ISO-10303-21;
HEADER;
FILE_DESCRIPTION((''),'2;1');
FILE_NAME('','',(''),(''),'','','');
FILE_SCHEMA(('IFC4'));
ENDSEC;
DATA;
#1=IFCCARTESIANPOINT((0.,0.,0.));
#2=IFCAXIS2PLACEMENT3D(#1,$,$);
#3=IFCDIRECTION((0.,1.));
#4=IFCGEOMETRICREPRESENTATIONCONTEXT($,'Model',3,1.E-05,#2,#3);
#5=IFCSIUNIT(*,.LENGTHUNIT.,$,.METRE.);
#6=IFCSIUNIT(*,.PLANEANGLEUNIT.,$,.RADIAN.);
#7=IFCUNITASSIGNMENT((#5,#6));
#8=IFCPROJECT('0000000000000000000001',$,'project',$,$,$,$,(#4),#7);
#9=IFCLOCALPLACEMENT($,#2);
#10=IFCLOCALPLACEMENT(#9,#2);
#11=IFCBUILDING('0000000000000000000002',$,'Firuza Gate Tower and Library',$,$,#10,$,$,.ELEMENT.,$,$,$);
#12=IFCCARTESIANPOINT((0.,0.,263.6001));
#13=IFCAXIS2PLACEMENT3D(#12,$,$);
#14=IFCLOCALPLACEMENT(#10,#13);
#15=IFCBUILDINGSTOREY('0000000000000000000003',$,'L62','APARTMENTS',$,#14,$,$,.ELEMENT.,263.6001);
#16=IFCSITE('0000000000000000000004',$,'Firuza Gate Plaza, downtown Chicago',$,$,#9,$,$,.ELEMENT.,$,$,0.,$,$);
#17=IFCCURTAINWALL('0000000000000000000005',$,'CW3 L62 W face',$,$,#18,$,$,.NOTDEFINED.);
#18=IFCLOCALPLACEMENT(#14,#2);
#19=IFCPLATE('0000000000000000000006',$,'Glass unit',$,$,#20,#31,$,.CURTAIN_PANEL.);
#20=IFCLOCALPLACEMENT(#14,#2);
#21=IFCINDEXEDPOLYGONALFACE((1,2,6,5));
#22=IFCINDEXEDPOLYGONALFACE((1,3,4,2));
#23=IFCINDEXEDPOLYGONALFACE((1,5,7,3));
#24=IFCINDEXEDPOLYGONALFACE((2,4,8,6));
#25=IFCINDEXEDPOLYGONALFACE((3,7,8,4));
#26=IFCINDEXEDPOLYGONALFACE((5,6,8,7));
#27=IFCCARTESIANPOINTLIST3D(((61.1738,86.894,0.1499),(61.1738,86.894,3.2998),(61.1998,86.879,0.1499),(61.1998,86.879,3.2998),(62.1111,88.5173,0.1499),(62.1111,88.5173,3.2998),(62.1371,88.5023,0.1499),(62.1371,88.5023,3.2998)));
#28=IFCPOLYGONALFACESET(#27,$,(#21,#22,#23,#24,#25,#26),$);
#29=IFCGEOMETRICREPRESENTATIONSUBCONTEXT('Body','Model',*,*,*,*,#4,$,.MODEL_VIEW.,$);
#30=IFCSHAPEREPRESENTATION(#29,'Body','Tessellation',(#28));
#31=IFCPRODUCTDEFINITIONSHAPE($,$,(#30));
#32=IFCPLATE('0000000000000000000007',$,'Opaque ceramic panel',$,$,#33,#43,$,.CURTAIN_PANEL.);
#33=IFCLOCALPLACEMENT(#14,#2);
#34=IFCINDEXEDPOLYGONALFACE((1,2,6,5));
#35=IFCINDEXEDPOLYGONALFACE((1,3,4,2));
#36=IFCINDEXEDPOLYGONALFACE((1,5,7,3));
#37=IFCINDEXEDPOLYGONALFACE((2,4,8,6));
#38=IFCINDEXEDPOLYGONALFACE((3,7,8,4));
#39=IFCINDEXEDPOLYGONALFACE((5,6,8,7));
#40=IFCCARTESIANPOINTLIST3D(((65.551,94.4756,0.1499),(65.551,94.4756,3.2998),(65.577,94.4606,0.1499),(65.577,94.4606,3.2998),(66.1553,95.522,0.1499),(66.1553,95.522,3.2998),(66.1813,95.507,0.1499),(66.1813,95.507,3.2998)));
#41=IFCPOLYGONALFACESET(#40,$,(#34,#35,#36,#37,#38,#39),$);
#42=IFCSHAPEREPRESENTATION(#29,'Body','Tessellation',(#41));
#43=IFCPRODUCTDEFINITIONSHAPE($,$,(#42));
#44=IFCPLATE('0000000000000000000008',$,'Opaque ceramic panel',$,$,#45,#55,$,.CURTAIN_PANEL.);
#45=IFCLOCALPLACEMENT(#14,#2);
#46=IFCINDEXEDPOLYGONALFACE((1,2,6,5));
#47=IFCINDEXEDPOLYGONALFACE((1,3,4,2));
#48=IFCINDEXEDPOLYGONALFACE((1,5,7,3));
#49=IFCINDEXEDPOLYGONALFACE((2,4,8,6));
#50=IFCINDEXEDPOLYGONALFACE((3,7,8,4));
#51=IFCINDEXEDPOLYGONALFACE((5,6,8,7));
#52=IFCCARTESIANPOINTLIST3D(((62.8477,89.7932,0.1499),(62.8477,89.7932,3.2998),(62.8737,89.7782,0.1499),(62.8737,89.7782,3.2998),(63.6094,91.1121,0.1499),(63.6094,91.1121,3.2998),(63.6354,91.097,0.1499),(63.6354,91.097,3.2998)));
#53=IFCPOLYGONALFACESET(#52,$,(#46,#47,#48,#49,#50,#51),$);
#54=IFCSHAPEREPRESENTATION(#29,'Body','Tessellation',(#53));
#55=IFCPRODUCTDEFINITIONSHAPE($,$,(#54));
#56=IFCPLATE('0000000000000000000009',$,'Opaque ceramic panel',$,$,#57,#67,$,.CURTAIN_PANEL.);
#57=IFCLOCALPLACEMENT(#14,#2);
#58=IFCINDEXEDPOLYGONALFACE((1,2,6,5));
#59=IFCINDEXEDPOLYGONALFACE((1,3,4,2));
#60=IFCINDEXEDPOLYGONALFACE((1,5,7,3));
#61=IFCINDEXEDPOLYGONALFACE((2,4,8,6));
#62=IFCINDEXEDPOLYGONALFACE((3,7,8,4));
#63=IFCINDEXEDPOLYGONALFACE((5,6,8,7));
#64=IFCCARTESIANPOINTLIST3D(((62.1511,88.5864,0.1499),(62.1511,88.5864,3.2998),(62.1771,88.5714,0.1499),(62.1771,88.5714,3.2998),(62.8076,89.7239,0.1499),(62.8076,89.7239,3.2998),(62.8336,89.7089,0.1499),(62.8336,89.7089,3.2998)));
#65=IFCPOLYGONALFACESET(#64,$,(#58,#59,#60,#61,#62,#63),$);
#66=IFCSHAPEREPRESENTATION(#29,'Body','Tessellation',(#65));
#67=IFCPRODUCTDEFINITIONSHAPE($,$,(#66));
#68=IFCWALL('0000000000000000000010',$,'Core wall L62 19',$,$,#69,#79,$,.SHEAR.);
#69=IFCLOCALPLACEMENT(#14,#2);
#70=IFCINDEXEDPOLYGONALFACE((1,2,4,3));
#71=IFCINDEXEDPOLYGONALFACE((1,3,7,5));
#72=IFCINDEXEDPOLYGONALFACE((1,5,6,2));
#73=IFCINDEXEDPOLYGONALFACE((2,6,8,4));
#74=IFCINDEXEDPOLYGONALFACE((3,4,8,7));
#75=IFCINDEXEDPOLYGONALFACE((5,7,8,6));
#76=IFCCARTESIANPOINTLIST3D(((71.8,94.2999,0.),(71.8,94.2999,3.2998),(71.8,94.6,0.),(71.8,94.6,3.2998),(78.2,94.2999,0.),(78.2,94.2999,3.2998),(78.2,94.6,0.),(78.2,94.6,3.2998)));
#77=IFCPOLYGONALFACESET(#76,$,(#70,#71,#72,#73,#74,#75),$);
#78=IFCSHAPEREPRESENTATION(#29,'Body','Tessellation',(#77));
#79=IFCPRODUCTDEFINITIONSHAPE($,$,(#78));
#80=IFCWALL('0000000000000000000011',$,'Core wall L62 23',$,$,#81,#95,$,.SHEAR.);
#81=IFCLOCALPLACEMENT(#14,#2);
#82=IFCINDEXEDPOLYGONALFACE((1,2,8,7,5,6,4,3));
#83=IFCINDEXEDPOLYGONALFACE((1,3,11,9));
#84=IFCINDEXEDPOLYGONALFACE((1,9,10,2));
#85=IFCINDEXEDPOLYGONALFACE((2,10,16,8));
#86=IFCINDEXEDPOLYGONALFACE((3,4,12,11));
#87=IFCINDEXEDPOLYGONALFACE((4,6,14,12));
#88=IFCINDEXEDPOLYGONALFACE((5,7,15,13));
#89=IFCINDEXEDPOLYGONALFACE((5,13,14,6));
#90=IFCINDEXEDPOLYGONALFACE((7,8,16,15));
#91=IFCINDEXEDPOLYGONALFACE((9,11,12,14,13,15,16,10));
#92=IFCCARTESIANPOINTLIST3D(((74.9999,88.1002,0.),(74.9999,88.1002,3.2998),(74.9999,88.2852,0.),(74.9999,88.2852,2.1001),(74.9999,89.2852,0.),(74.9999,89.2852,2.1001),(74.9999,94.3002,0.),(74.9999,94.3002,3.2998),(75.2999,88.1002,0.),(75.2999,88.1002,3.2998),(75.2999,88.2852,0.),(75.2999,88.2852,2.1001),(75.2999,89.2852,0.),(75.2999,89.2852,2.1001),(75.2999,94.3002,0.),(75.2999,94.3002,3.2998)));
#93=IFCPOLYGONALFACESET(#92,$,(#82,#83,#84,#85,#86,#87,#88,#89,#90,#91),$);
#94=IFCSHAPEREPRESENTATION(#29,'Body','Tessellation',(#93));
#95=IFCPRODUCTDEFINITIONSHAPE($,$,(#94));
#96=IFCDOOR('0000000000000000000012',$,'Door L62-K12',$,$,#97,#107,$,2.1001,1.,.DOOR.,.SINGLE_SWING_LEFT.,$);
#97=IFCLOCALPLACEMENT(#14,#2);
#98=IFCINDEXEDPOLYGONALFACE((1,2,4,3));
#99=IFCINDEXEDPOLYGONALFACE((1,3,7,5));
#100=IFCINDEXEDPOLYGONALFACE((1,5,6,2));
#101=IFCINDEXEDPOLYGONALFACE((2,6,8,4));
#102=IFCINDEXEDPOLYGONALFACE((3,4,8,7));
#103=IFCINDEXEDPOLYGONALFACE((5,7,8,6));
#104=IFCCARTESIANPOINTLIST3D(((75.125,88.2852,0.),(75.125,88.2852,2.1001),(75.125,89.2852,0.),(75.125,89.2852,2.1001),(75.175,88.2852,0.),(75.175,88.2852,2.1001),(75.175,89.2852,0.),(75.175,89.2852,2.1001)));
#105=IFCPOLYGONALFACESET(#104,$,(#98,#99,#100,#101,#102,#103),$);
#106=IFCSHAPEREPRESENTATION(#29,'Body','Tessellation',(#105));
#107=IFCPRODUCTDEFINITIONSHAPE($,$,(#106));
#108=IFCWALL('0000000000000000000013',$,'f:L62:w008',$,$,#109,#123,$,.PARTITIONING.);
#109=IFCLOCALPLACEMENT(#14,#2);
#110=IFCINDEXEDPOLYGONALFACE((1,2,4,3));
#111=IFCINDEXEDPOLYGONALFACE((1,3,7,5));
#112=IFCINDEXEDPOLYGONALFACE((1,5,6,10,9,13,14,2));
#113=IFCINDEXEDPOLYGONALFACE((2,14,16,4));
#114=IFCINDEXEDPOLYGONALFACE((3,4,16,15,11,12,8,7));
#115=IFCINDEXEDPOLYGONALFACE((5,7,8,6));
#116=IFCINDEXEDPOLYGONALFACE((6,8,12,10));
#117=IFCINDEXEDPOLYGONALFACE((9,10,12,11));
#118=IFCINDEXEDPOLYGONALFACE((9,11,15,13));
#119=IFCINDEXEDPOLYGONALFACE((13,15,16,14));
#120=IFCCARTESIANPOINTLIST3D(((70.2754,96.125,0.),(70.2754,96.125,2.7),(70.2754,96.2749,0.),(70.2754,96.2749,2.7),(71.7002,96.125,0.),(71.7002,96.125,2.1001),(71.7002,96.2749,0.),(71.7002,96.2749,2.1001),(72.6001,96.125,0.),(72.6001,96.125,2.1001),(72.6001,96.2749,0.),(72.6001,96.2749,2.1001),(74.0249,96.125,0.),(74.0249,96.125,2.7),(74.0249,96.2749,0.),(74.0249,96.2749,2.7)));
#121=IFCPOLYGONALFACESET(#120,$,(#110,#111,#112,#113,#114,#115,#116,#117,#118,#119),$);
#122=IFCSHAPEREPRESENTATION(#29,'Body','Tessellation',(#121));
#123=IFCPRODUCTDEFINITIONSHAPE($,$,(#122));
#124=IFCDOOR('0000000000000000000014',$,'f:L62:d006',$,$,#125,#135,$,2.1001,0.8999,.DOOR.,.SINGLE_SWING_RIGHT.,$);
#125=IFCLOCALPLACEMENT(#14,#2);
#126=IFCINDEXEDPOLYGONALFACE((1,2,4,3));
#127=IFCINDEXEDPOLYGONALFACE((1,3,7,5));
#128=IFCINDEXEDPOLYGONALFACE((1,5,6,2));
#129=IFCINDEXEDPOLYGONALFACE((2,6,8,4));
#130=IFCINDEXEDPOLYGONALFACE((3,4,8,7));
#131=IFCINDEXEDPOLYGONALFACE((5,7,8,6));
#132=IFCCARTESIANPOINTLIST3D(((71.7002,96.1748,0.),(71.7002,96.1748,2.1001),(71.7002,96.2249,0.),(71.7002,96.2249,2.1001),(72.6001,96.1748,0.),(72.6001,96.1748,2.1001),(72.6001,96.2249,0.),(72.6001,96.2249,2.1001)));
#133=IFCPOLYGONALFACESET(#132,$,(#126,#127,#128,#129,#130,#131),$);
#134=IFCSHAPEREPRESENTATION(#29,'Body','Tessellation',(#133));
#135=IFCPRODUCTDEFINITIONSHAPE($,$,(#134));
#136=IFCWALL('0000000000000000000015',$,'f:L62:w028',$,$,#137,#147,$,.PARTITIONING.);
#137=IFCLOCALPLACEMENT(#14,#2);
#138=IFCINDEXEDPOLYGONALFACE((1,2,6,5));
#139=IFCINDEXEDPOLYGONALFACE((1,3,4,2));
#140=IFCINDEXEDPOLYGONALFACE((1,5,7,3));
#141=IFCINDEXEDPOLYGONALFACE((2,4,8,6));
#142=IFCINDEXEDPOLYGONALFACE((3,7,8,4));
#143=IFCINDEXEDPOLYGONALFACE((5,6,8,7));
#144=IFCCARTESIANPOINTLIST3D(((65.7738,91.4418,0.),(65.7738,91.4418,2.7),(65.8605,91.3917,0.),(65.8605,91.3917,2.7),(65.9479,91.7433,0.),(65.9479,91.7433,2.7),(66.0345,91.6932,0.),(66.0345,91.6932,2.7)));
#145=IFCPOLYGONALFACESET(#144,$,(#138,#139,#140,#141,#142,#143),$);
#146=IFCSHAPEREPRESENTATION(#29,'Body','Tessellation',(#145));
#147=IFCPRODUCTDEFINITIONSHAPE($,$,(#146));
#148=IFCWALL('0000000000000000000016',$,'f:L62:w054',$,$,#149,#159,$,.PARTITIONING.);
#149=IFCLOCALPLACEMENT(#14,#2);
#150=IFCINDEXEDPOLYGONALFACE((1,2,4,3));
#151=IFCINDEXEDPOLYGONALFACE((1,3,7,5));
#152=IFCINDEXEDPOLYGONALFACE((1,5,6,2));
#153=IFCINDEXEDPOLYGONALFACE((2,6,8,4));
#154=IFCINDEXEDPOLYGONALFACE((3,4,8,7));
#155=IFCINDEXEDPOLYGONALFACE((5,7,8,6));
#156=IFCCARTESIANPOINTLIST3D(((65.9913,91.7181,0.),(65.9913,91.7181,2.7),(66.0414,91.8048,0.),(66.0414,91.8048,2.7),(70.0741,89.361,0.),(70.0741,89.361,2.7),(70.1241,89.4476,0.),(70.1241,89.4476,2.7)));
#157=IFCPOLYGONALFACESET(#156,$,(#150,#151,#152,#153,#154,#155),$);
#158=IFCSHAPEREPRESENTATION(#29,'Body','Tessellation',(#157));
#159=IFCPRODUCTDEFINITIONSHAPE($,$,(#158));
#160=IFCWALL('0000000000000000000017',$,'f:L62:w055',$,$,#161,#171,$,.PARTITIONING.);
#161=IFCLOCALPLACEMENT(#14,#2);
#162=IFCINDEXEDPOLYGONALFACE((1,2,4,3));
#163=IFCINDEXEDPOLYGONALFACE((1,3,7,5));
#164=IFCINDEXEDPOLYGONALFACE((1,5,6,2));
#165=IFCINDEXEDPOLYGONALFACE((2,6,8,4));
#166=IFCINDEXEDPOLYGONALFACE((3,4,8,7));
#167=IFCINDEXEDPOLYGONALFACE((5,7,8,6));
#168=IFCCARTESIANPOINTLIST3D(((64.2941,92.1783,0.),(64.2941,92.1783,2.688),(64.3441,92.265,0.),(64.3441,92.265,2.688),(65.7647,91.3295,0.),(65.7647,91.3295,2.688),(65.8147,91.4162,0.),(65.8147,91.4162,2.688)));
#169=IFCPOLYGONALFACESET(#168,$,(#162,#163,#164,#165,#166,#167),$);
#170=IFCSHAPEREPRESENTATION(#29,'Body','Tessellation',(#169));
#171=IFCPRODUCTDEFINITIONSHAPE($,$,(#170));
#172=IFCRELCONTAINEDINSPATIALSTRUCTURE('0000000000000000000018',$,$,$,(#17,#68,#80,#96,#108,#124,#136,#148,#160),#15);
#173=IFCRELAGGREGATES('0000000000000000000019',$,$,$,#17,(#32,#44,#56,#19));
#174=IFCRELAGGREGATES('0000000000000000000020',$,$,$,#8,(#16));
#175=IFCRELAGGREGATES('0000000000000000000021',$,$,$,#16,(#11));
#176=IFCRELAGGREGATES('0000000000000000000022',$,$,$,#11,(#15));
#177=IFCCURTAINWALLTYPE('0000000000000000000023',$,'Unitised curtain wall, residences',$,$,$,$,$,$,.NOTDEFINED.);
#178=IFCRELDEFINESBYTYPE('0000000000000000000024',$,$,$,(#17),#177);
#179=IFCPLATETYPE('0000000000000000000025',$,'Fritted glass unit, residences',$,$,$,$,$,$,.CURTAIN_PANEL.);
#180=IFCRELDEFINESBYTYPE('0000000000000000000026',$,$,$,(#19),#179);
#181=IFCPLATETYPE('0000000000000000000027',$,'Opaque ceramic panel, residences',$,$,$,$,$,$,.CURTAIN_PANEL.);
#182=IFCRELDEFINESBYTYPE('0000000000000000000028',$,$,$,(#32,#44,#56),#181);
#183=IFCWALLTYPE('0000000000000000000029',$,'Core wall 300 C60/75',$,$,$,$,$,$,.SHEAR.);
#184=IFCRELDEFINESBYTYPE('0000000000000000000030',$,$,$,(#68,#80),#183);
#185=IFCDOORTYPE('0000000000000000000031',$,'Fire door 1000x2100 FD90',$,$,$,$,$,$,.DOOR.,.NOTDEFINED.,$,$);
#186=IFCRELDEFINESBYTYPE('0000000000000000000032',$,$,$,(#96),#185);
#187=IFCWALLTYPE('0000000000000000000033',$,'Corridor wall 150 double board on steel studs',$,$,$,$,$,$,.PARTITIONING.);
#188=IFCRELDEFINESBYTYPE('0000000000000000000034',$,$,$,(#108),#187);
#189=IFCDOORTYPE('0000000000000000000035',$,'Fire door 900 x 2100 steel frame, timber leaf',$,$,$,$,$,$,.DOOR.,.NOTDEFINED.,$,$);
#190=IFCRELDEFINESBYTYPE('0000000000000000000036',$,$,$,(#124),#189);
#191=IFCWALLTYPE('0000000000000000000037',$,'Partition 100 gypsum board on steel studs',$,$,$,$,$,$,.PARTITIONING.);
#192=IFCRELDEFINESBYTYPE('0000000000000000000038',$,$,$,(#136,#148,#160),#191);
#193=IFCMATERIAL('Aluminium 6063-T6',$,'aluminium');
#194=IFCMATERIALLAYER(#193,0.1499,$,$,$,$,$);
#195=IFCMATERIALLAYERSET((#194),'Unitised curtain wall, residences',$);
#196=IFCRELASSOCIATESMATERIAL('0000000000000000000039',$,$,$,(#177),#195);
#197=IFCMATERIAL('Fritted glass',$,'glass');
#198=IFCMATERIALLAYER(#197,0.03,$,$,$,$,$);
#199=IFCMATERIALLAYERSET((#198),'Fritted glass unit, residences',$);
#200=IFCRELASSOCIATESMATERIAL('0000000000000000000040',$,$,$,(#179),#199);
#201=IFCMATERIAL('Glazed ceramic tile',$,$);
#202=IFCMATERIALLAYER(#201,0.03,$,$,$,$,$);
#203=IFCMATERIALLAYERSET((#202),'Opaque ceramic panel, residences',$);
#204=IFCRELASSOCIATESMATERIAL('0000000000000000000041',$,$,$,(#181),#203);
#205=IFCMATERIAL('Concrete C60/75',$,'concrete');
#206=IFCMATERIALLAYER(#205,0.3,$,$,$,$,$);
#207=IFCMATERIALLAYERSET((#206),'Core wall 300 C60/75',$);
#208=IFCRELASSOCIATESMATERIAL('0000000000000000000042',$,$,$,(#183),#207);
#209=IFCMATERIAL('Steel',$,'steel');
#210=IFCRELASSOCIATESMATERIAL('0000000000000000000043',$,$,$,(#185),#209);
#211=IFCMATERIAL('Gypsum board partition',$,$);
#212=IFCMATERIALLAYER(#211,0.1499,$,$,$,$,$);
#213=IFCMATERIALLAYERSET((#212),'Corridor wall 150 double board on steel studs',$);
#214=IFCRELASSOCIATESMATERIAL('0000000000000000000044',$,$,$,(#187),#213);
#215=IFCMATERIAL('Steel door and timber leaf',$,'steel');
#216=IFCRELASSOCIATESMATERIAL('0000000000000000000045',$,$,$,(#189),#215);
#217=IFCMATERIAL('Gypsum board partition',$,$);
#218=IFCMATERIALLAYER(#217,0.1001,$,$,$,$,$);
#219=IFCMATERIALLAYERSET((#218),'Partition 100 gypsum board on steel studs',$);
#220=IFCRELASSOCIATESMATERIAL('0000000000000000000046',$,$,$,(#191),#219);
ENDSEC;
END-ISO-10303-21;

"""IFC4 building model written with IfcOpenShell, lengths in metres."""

from ifc_helpers import new_model, si_unit, direction, frame, frame_2d, origin, place, context, subcontext, project, spatial, polyline, rectangle, outline, extrude, material, layer, layer_set, type_object, element, fill, aggregate, save


model = new_model("IFC4")

# Units and contexts
model_context = context("Model", 3, precision=1e-05, world=origin(), true_north=direction((0.0, 1.0)))
body_context = subcontext(model_context, "Body", "Model", "MODEL_VIEW")
ifc_project = project(units=[si_unit("LENGTHUNIT", "METRE"), si_unit("PLANEANGLEUNIT", "RADIAN")], contexts=[model_context])

# Site, building, storey
site_placement = place(None, origin())
site = spatial("IfcSite", under=ifc_project, at=site_placement, Name="Firuza Gate Plaza, downtown Chicago", CompositionType="ELEMENT", RefElevation=0.0)
building_placement = place(site_placement, origin())
building = spatial("IfcBuilding", under=site, at=building_placement, Name="Firuza Gate Tower and Library", CompositionType="ELEMENT")
storey_placement = place(building_placement, frame((0.0, 0.0, 263.6001)))
storey = spatial("IfcBuildingStorey", under=building, at=storey_placement, Name="L62", Description="APARTMENTS", CompositionType="ELEMENT", Elevation=263.6001)

# Curtain wall
ifc_material_1 = material(Name="Aluminium 6063-T6", Category="aluminium")
ifc_layer_1 = layer(ifc_material_1, 0.1499)
ifc_layer_set_1 = layer_set([ifc_layer_1], Name="Unitised curtain wall, residences")
curtain_wall_type = type_object("IfcCurtainWallType", Name="Unitised curtain wall, residences", PredefinedType="NOTDEFINED", material=ifc_layer_set_1)
placement = place(storey_placement, origin())
curtain_wall = element("IfcCurtainWall", 1, at=placement, inside=storey, type_object=curtain_wall_type, Name="CW3 L62 W face", PredefinedType="NOTDEFINED")

# Plates
ifc_material_2 = material(Name="Fritted glass", Category="glass")
ifc_layer_2 = layer(ifc_material_2, 0.03)
ifc_layer_set_2 = layer_set([ifc_layer_2], Name="Fritted glass unit, residences")
plate_type_1 = type_object("IfcPlateType", Name="Fritted glass unit, residences", PredefinedType="CURTAIN_PANEL", material=ifc_layer_set_2)
plate_1_placement = place(storey_placement, frame((62.1111, 88.5173, 0.1499), z_axis=(-0.866014, 0.500019, 0.0), x_axis=(-0.500019, -0.866014, 0.0)))
plate_1 = element("IfcPlate", 2, at=plate_1_placement, type_object=plate_type_1, Name="Glass unit", PredefinedType="CURTAIN_PANEL", context=body_context, shape_type="SweptSolid", body=[
    extrude(outline(polyline([(0.0, 0.0), (1.8744, 0.0), (1.8744, 3.1499), (0.0, 3.1499), (0.0, 0.0)])), origin(), (0.0, 0.0, -1.0), 0.03),
])
ifc_material_3 = material(Name="Glazed ceramic tile")
ifc_layer_3 = layer(ifc_material_3, 0.03)
ifc_layer_set_3 = layer_set([ifc_layer_3], Name="Opaque ceramic panel, residences")
plate_type_2 = type_object("IfcPlateType", Name="Opaque ceramic panel, residences", PredefinedType="CURTAIN_PANEL", material=ifc_layer_set_3)
plate_2_placement = place(storey_placement, frame((66.1553, 95.522, 0.1499), z_axis=(-0.865984, 0.500072, 0.0), x_axis=(-0.500072, -0.865984, 0.0)))
plate_2 = element("IfcPlate", 3, at=plate_2_placement, type_object=plate_type_2, Name="Opaque ceramic panel", PredefinedType="CURTAIN_PANEL", context=body_context, shape_type="SweptSolid", body=[
    extrude(outline(polyline([(0.0, 0.0), (1.2083, 0.0), (1.2083, 3.1499), (0.0, 3.1499), (0.0, 0.0)])), origin(), (0.0, 0.0, -1.0), 0.03),
])
plate_3_placement = place(storey_placement, frame((63.6094, 91.1121, 0.1499), z_axis=(-0.865945, 0.500139, 0.0), x_axis=(-0.500139, -0.865945, 0.0)))
plate_3 = element("IfcPlate", 4, at=plate_3_placement, type_object=plate_type_2, Name="Opaque ceramic panel", PredefinedType="CURTAIN_PANEL", context=body_context, shape_type="SweptSolid", body=[
    extrude(outline(polyline([(0.0, 0.0), (1.523, 0.0), (1.523, 3.1499), (0.0, 3.1499), (0.0, 0.0)])), origin(), (0.0, 0.0, -1.0), 0.03),
])
plate_4_placement = place(storey_placement, frame((62.8076, 89.7239, 0.1499), z_axis=(-0.866096, 0.499878, 0.0), x_axis=(-0.499878, -0.866096, 0.0)))
plate_4 = element("IfcPlate", 5, at=plate_4_placement, type_object=plate_type_2, Name="Opaque ceramic panel", PredefinedType="CURTAIN_PANEL", context=body_context, shape_type="SweptSolid", body=[
    extrude(outline(polyline([(0.0, 0.0), (1.3133, 0.0), (1.3133, 3.1499), (0.0, 3.1499), (0.0, 0.0)])), origin(), (0.0, 0.0, -1.0), 0.03),
])
aggregate(curtain_wall, [plate_2, plate_3, plate_4, plate_1])

# Wall
ifc_material_4 = material(Name="Concrete C60/75", Category="concrete")
ifc_layer_4 = layer(ifc_material_4, 0.3)
ifc_layer_set_4 = layer_set([ifc_layer_4], Name="Core wall 300 C60/75")
wall_type_1 = type_object("IfcWallType", Name="Core wall 300 C60/75", PredefinedType="SHEAR", material=ifc_layer_set_4)
wall_1_placement = place(storey_placement, frame((71.8, 94.45, 0.0), z_axis=(0.0, 0.0, 1.0), x_axis=(1.0, 0.0, 0.0)))
element("IfcWall", 6, at=wall_1_placement, inside=storey, type_object=wall_type_1, Name="Core wall L62 19", PredefinedType="SHEAR", context=body_context, shape_type="SweptSolid", body=[
    extrude(rectangle(XDim=6.3999, YDim=0.3, at=frame_2d((3.2, 0.0))), origin(), (0.0, 0.0, 1.0), 3.2998),
])

# Walls, openings, doors
wall_2_placement = place(storey_placement, frame((75.1499, 88.1001, 0.0), z_axis=(0.0, 0.0, 1.0), x_axis=(0.0, 1.0, 0.0)))
wall_2 = element("IfcWall", 7, at=wall_2_placement, inside=storey, type_object=wall_type_1, Name="Core wall L62 23", PredefinedType="SHEAR", context=body_context, shape_type="SweptSolid", body=[
    extrude(rectangle(XDim=6.2, YDim=0.3, at=frame_2d((3.1001, 0.0))), origin(), (0.0, 0.0, 1.0), 3.2998),
])
opening_1_placement = place(wall_2_placement, frame((0.1851, 0.0, 0.0)))
opening_1 = element("IfcOpeningElement", 8, at=opening_1_placement, cuts=wall_2, PredefinedType="OPENING", context=body_context, shape_type="SweptSolid", body=[
    extrude(rectangle(XDim=1.0, YDim=2.1001, at=frame_2d((0.5, 1.05))), frame((0.0, 0.1602, 0.0), z_axis=(0.0, -1.0, 0.0), x_axis=(1.0, 0.0, 0.0)), (0.0, 0.0, 1.0), 0.3201),
])
ifc_material_5 = material(Name="Steel", Category="steel")
door_type_1 = type_object("IfcDoorType", Name="Fire door 1000x2100 FD90", OperationType="NOTDEFINED", PredefinedType="DOOR", material=ifc_material_5)
door_1_placement = place(opening_1_placement, origin())
door_1 = element("IfcDoor", 9, at=door_1_placement, inside=storey, type_object=door_type_1, Name="Door L62-K12", OperationType="SINGLE_SWING_LEFT", OverallHeight=2.1001, OverallWidth=1.0, PredefinedType="DOOR", context=body_context, shape_type="SweptSolid", body=[
    extrude(rectangle(XDim=1.0, YDim=2.1001, at=frame_2d((0.5, 1.05))), frame((0.0, 0.0249, 0.0), z_axis=(0.0, -1.0, 0.0), x_axis=(1.0, 0.0, 0.0)), (0.0, 0.0, 1.0), 0.05),
])
fill(opening_1, door_1)
ifc_material_6 = material(Name="Gypsum board partition")
ifc_layer_5 = layer(ifc_material_6, 0.1499)
ifc_layer_set_5 = layer_set([ifc_layer_5], Name="Corridor wall 150 double board on steel studs")
wall_type_2 = type_object("IfcWallType", Name="Corridor wall 150 double board on steel studs", PredefinedType="PARTITIONING", material=ifc_layer_set_5)
wall_3_placement = place(storey_placement, frame((70.2754, 96.2, 0.0), z_axis=(0.0, 0.0, 1.0), x_axis=(1.0, 0.0, 0.0)))
wall_3 = element("IfcWall", 10, at=wall_3_placement, inside=storey, type_object=wall_type_2, Name="f:L62:w008", PredefinedType="PARTITIONING", context=body_context, shape_type="SweptSolid", body=[
    extrude(rectangle(XDim=3.7495, YDim=0.1499, at=frame_2d((1.8748, 0.0))), origin(), (0.0, 0.0, 1.0), 2.7),
])
opening_2_placement = place(wall_3_placement, frame((1.4248, 0.0, 0.0)))
opening_2 = element("IfcOpeningElement", 11, at=opening_2_placement, cuts=wall_3, PredefinedType="OPENING", context=body_context, shape_type="SweptSolid", body=[
    extrude(rectangle(XDim=0.8999, YDim=2.1001, at=frame_2d((0.45, 1.05))), frame((0.0, 0.085, 0.0), z_axis=(0.0, -1.0, 0.0), x_axis=(1.0, 0.0, 0.0)), (0.0, 0.0, 1.0), 0.1699),
])
ifc_material_7 = material(Name="Steel door and timber leaf", Category="steel")
door_type_2 = type_object("IfcDoorType", Name="Fire door 900 x 2100 steel frame, timber leaf", OperationType="NOTDEFINED", PredefinedType="DOOR", material=ifc_material_7)
door_2_placement = place(opening_2_placement, origin())
door_2 = element("IfcDoor", 12, at=door_2_placement, inside=storey, type_object=door_type_2, Name="f:L62:d006", OperationType="SINGLE_SWING_RIGHT", OverallHeight=2.1001, OverallWidth=0.8999, PredefinedType="DOOR", context=body_context, shape_type="SweptSolid", body=[
    extrude(rectangle(XDim=0.8999, YDim=2.1001, at=frame_2d((0.45, 1.05))), frame((0.0, 0.0249, 0.0), z_axis=(0.0, -1.0, 0.0), x_axis=(1.0, 0.0, 0.0)), (0.0, 0.0, 1.0), 0.05),
])
fill(opening_2, door_2)

# Walls
ifc_material_8 = material(Name="Gypsum board partition")
ifc_layer_6 = layer(ifc_material_8, 0.1001)
ifc_layer_set_6 = layer_set([ifc_layer_6], Name="Partition 100 gypsum board on steel studs")
wall_type_3 = type_object("IfcWallType", Name="Partition 100 gypsum board on steel studs", PredefinedType="PARTITIONING", material=ifc_layer_set_6)
wall_4_placement = place(storey_placement, frame((65.8171, 91.4167, 0.0), z_axis=(0.0, 0.0, 1.0), x_axis=(0.499985, 0.866034, 0.0)))
element("IfcWall", 13, at=wall_4_placement, inside=storey, type_object=wall_type_3, Name="f:L62:w028", PredefinedType="PARTITIONING", context=body_context, shape_type="SweptSolid", body=[
    extrude(rectangle(XDim=0.3481, YDim=0.1001, at=frame_2d((0.1741, 0.0))), origin(), (0.0, 0.0, 1.0), 2.7),
])
wall_5_placement = place(storey_placement, frame((70.0991, 89.4043, 0.0), z_axis=(0.0, 0.0, 1.0), x_axis=(-0.866026, 0.499999, 0.0)))
element("IfcWall", 14, at=wall_5_placement, inside=storey, type_object=wall_type_3, Name="f:L62:w054", PredefinedType="PARTITIONING", context=body_context, shape_type="SweptSolid", body=[
    extrude(rectangle(XDim=4.7144, YDim=0.1001, at=frame_2d((2.3572, 0.0))), origin(), (0.0, 0.0, 1.0), 2.7),
])
wall_6_placement = place(storey_placement, frame((65.7898, 91.3728, 0.0), z_axis=(0.0, 0.0, 1.0), x_axis=(-0.866085, 0.499897, 0.0)))
element("IfcWall", 15, at=wall_6_placement, inside=storey, type_object=wall_type_3, Name="f:L62:w055", PredefinedType="PARTITIONING", context=body_context, shape_type="SweptSolid", body=[
    extrude(rectangle(XDim=1.698, YDim=0.1001, at=frame_2d((0.8491, 0.0))), origin(), (0.0, 0.0, 1.0), 2.688),
])

save(model, "model.ifc")
